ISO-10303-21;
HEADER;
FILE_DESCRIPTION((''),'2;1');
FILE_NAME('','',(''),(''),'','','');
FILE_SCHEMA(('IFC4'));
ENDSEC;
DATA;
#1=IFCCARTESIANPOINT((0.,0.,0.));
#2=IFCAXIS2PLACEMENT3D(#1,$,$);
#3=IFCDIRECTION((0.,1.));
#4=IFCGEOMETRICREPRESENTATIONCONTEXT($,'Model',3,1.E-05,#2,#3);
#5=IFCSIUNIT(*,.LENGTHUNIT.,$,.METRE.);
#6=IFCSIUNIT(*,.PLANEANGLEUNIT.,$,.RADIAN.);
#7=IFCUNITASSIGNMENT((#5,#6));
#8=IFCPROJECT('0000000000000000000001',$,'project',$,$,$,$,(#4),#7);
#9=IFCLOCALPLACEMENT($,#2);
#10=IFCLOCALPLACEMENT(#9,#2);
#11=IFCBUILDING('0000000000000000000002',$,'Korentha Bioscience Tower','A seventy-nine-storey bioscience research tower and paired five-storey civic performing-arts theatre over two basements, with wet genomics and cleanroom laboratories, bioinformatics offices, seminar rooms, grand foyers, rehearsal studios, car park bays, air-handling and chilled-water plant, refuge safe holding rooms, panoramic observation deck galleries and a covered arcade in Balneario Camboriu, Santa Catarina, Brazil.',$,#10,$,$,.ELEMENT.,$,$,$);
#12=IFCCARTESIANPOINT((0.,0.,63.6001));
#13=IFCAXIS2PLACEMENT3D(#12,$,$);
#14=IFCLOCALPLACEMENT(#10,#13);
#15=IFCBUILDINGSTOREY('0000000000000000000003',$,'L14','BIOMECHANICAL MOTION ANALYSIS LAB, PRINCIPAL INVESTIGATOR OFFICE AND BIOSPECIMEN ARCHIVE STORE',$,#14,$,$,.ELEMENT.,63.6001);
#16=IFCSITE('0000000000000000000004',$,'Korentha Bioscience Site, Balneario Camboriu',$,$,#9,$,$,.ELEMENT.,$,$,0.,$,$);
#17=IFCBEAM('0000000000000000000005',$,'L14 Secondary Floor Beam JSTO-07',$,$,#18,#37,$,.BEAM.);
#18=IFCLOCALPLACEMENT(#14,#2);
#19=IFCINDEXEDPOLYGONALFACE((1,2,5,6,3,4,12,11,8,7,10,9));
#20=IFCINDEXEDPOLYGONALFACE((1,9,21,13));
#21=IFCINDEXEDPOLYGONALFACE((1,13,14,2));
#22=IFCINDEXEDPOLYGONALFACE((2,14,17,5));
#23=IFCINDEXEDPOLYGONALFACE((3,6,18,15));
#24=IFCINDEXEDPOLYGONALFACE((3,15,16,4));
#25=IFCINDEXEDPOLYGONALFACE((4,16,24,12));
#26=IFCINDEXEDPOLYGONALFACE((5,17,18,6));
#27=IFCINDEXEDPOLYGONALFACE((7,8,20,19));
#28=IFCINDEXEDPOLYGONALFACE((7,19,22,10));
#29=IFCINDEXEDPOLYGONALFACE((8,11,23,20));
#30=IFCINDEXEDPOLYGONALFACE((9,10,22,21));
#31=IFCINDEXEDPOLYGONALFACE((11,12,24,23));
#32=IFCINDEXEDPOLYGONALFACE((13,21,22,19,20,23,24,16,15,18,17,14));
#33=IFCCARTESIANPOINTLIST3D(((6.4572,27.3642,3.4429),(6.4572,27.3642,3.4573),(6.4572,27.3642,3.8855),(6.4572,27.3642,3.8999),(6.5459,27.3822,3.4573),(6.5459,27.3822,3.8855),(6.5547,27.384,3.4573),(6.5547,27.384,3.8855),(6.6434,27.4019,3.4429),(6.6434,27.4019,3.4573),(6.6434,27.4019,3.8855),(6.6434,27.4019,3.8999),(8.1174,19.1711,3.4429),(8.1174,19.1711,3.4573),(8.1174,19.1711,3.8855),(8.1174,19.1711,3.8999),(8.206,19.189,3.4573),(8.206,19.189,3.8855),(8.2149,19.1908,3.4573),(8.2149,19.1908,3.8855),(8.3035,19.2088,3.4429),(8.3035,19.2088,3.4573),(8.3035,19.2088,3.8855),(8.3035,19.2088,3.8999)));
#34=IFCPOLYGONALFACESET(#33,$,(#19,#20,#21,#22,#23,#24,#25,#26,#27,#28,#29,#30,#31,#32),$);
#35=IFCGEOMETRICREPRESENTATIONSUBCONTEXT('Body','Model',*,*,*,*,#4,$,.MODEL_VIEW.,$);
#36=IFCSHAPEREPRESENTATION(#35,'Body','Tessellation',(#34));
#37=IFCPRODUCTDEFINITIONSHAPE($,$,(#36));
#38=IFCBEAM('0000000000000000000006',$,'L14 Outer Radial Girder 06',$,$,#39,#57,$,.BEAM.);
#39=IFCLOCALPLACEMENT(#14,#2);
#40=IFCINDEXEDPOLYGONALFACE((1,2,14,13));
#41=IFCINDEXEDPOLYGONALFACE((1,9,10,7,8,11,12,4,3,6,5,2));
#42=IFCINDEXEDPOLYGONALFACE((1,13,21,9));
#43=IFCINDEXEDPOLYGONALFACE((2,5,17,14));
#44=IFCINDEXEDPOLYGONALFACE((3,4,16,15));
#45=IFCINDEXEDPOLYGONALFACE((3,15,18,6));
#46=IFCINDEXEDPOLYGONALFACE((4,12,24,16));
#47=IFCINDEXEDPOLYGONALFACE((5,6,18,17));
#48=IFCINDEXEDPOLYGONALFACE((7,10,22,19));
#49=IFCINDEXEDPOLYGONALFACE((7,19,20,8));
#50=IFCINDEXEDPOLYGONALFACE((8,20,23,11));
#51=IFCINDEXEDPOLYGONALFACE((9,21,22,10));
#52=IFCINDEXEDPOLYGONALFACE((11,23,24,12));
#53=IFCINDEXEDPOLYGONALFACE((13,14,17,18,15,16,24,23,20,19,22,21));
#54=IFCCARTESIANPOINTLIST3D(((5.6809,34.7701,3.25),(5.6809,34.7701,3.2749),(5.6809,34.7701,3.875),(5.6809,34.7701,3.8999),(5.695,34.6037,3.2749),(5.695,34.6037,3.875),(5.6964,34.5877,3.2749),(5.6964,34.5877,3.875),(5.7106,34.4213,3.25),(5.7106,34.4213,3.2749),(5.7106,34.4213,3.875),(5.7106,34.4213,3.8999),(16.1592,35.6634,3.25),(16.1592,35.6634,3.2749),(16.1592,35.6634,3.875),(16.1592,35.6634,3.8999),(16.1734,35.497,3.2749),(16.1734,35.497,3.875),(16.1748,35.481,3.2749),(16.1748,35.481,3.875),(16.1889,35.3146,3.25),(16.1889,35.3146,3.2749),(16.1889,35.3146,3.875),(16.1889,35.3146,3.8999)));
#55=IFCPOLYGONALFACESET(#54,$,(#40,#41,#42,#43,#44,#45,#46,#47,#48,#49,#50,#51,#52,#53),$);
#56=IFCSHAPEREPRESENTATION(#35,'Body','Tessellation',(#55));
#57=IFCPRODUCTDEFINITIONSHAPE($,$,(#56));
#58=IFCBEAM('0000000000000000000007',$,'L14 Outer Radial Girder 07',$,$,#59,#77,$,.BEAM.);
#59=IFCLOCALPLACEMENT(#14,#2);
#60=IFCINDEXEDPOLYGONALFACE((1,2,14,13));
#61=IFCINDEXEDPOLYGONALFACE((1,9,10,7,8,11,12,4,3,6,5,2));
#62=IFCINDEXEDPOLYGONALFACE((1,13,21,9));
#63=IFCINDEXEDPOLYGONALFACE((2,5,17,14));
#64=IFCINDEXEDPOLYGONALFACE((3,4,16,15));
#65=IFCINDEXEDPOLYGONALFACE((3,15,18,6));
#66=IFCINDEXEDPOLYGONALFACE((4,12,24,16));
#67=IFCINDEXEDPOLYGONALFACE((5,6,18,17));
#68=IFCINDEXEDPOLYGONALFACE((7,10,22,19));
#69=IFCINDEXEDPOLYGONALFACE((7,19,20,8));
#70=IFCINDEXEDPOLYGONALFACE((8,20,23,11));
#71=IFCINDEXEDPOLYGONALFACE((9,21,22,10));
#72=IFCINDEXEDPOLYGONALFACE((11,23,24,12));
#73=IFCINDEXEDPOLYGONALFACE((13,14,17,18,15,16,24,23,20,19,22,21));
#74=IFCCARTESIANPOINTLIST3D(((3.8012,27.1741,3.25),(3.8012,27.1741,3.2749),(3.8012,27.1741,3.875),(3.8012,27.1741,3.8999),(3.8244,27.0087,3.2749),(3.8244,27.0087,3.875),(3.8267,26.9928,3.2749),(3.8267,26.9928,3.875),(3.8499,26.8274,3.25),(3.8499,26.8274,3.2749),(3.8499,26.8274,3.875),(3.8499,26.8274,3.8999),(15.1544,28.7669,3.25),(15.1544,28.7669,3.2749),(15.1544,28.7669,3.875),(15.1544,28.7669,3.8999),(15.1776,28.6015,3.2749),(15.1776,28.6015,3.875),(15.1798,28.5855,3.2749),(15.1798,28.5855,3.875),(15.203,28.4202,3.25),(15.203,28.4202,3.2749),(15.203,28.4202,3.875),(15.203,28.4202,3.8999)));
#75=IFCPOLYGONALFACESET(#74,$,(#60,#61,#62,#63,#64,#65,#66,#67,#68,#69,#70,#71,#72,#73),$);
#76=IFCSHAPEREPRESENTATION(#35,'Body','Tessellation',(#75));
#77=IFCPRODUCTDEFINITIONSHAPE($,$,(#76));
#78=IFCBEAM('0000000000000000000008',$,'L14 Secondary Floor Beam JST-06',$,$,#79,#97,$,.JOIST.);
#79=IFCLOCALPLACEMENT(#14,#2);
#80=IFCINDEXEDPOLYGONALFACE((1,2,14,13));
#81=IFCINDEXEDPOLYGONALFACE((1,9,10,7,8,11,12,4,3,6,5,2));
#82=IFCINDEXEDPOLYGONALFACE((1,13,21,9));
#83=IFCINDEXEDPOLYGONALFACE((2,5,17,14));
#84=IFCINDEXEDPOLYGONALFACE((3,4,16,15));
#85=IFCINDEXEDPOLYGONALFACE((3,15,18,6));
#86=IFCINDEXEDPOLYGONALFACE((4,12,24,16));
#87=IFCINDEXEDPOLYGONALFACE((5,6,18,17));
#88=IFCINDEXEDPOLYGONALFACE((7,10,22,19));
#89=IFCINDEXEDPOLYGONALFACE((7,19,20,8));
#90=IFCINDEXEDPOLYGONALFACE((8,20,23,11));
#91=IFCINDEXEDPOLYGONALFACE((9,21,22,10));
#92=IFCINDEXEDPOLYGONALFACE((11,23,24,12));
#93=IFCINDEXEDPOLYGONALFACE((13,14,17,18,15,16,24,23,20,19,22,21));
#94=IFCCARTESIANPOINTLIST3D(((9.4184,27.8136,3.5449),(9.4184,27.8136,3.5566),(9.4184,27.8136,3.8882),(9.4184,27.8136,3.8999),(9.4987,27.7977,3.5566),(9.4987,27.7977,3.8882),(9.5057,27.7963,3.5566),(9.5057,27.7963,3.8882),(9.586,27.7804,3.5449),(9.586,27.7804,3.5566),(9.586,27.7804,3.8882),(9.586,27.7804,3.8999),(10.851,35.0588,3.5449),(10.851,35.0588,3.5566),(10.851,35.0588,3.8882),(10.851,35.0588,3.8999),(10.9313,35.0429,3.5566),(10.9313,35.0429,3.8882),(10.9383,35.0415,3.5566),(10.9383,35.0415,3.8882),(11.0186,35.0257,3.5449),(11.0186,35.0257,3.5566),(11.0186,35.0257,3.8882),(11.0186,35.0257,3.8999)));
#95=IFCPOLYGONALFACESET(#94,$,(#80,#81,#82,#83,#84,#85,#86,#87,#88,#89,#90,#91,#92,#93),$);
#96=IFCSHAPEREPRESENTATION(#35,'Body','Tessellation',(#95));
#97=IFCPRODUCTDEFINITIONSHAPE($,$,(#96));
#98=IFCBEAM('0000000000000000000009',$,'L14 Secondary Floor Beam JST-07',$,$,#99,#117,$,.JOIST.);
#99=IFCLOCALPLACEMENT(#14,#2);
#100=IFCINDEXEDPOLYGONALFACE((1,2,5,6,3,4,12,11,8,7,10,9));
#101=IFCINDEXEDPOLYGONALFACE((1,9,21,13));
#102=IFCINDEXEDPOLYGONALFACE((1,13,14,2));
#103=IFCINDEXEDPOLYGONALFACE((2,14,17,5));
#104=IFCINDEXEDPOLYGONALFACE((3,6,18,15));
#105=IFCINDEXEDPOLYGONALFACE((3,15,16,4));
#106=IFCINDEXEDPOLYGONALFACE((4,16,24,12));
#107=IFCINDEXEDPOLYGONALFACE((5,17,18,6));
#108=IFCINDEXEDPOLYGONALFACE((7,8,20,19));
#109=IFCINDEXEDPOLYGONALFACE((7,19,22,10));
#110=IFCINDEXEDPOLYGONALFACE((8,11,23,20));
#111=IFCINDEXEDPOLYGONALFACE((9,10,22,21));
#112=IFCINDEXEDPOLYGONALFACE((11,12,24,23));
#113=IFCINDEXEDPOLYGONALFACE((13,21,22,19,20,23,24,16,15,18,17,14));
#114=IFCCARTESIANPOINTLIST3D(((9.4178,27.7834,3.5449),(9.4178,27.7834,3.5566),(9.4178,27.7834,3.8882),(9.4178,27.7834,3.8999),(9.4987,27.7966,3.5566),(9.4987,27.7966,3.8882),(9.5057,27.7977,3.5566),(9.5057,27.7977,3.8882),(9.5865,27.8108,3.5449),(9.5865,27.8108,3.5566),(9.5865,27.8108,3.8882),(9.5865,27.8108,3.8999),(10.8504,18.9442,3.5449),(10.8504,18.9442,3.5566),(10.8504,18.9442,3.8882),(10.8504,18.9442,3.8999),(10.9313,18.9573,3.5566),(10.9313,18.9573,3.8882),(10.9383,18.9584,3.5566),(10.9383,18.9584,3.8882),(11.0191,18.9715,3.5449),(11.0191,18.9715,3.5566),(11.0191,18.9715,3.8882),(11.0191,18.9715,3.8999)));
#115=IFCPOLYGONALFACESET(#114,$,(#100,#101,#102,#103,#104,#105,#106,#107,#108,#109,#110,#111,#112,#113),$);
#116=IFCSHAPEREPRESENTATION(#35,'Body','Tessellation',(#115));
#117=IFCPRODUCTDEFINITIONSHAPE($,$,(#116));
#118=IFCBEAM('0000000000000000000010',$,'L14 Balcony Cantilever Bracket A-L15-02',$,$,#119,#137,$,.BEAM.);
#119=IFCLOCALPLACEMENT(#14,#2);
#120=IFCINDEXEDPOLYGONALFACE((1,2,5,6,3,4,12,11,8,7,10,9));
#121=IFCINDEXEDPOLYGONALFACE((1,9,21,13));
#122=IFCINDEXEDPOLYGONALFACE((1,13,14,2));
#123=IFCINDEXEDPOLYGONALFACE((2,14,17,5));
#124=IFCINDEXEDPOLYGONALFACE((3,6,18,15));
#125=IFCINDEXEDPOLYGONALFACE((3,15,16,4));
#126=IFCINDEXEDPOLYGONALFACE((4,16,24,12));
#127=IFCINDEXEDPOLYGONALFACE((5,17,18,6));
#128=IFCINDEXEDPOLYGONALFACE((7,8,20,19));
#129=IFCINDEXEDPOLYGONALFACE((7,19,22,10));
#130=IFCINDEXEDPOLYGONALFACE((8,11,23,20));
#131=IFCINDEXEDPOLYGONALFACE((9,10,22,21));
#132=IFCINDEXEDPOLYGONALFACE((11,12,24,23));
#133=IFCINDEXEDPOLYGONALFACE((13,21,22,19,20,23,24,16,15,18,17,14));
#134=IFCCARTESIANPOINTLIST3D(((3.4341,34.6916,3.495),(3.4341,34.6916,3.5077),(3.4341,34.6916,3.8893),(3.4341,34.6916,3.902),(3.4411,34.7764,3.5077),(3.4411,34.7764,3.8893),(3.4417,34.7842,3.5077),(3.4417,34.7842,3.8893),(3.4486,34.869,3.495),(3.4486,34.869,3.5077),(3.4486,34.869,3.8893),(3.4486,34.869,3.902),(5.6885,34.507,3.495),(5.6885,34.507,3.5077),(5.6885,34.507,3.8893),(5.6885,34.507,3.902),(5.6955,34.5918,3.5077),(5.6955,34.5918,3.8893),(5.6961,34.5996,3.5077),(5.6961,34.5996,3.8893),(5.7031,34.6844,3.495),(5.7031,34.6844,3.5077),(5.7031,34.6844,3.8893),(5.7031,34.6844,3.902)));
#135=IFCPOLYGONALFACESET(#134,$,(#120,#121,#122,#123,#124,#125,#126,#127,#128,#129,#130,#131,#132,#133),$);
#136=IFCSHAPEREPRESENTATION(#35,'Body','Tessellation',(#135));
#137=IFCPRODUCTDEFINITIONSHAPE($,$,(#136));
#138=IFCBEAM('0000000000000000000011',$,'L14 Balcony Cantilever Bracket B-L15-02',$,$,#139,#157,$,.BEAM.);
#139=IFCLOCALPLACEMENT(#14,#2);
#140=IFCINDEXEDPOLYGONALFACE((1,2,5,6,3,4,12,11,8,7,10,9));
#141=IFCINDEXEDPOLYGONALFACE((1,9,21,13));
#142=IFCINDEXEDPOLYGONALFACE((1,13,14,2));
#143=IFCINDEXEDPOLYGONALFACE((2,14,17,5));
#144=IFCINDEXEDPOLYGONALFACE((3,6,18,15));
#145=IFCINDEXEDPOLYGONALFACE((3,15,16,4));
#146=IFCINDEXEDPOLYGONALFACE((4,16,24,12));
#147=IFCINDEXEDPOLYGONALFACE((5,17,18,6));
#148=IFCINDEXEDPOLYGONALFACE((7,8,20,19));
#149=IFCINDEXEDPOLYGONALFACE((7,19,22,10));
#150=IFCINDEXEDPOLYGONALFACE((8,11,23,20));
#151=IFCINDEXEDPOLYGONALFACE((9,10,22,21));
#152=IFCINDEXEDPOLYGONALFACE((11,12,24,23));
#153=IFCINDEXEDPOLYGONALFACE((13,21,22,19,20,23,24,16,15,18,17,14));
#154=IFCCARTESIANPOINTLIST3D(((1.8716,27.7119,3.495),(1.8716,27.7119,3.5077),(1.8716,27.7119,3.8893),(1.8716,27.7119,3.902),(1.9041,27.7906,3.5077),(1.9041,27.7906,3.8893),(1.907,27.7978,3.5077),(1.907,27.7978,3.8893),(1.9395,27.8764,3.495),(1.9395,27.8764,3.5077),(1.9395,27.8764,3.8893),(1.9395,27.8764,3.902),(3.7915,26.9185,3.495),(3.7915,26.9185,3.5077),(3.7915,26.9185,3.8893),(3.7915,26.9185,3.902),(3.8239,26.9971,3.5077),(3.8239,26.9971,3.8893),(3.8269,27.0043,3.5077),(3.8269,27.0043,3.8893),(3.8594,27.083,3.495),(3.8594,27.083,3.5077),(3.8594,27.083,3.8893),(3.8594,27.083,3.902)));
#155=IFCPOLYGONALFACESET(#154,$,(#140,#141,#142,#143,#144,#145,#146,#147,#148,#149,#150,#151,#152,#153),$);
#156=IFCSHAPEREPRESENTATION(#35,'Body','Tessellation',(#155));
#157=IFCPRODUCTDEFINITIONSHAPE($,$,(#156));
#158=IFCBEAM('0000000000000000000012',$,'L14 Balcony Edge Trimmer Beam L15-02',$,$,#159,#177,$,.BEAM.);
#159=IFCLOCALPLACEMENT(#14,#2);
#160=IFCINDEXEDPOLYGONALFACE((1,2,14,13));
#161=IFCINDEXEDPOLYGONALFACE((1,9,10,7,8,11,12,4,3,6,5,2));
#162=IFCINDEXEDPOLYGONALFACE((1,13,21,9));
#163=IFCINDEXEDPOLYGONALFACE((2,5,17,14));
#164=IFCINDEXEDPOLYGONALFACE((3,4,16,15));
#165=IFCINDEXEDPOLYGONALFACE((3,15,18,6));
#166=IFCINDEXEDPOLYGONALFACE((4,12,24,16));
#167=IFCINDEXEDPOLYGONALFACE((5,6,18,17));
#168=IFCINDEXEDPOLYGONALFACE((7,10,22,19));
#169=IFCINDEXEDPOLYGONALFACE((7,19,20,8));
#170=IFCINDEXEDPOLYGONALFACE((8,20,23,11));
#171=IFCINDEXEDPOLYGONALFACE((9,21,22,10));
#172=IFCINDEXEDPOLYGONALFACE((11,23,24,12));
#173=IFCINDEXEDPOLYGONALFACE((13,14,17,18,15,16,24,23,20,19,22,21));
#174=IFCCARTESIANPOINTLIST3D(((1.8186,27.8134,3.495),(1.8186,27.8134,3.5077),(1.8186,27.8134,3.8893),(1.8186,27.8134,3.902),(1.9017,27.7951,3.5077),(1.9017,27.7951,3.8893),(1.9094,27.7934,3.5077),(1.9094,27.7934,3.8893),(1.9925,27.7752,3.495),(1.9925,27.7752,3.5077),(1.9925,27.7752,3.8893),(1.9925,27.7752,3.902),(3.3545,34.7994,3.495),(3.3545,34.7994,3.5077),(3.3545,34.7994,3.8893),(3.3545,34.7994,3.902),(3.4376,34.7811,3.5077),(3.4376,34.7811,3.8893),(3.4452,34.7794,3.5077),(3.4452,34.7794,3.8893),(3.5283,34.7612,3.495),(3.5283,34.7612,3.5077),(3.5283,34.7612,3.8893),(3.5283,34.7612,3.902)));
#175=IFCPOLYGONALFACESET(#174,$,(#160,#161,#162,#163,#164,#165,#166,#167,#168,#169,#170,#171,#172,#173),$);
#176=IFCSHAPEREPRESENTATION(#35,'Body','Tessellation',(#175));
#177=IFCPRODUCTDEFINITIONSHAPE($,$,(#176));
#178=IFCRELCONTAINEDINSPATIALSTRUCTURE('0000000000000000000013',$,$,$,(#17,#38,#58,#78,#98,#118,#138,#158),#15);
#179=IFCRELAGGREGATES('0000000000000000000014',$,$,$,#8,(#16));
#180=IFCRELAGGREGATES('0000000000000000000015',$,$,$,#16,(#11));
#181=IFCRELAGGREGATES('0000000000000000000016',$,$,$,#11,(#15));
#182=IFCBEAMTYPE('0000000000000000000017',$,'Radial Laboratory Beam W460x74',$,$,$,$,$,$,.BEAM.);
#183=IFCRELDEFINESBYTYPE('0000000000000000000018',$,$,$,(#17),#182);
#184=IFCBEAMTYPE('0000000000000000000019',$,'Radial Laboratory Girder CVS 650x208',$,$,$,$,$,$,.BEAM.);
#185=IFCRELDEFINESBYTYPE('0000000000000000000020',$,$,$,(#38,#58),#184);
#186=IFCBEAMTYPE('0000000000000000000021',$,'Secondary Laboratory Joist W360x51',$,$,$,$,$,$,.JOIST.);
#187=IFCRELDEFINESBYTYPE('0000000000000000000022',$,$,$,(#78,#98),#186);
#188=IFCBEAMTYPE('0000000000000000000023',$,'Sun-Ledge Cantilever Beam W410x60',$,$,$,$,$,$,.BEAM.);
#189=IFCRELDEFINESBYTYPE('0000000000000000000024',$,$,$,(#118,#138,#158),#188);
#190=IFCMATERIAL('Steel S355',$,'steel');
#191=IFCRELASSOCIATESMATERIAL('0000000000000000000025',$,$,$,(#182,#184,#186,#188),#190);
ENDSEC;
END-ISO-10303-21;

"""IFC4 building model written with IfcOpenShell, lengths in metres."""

from ifc_helpers import new_model, si_unit, direction, frame, origin, origin_2d, place, context, subcontext, project, spatial, i_section, extrude, material, material_profile, profile_set, type_object, element, save


model = new_model("IFC4")

# Units and contexts
model_context = context("Model", 3, precision=1e-05, world=origin(), true_north=direction((0.0, 1.0)))
body_context = subcontext(model_context, "Body", "Model", "MODEL_VIEW")
ifc_project = project(units=[si_unit("LENGTHUNIT", "METRE"), si_unit("PLANEANGLEUNIT", "RADIAN")], contexts=[model_context])

# Site, building, storey
site_placement = place(None, origin())
site = spatial("IfcSite", under=ifc_project, at=site_placement, Name="Korentha Bioscience Site, Balneario Camboriu", CompositionType="ELEMENT", RefElevation=0.0)
building_placement = place(site_placement, origin())
building = spatial("IfcBuilding", under=site, at=building_placement, Name="Korentha Bioscience Tower", Description="A seventy-nine-storey bioscience research tower and paired five-storey civic performing-arts theatre over two basements, with wet genomics and cleanroom laboratories, bioinformatics offices, seminar rooms, grand foyers, rehearsal studios, car park bays, air-handling and chilled-water plant, refuge safe holding rooms, panoramic observation deck galleries and a covered arcade in Balneario Camboriu, Santa Catarina, Brazil.", CompositionType="ELEMENT")
storey_placement = place(building_placement, frame((0.0, 0.0, 63.6001)))
storey = spatial("IfcBuildingStorey", under=building, at=storey_placement, Name="L14", Description="BIOMECHANICAL MOTION ANALYSIS LAB, PRINCIPAL INVESTIGATOR OFFICE AND BIOSPECIMEN ARCHIVE STORE", CompositionType="ELEMENT", Elevation=63.6001)

# Shared definitions
ifc_material_1 = material(Name="Steel S355", Category="steel")

# Beams
ifc_material_profile_1 = material_profile(ifc_material_1, i_section(OverallWidth=0.1899, OverallDepth=0.457, WebThickness=0.009, FlangeThickness=0.0144, at=origin_2d()), Name="Steel S355")
ifc_profile_set_1 = profile_set([ifc_material_profile_1], Name="Steel S355 (RB-460)")
beam_type_1 = type_object("IfcBeamType", Name="Radial Laboratory Beam W460x74", PredefinedType="BEAM", material=ifc_profile_set_1)
beam_1_placement = place(storey_placement, frame((6.5503, 27.3831, 3.6714), z_axis=(0.198592, -0.980082, 0.0), x_axis=(0.980082, 0.198592, 0.0)))
element("IfcBeam", 1, at=beam_1_placement, inside=storey, type_object=beam_type_1, Name="L14 Secondary Floor Beam JSTO-07", PredefinedType="BEAM", context=body_context, shape_type="SweptSolid", body=[
    extrude(i_section(OverallWidth=0.1899, OverallDepth=0.457, WebThickness=0.009, FlangeThickness=0.0144, at=origin_2d()), origin(), (0.0, 0.0, 1.0), 8.3596),
])
ifc_material_profile_2 = material_profile(ifc_material_1, i_section(OverallWidth=0.3501, OverallDepth=0.6499, WebThickness=0.0161, FlangeThickness=0.0249, at=origin_2d()), Name="Steel S355")
ifc_profile_set_2 = profile_set([ifc_material_profile_2], Name="Steel S355 (RB-650)")
beam_type_2 = type_object("IfcBeamType", Name="Radial Laboratory Girder CVS 650x208", PredefinedType="BEAM", material=ifc_profile_set_2)
beam_2_placement = place(storey_placement, frame((16.1741, 35.489, 3.575), z_axis=(-0.996386, -0.084945, 0.0), x_axis=(0.084945, -0.996386, 0.0)))
element("IfcBeam", 2, at=beam_2_placement, inside=storey, type_object=beam_type_2, Name="L14 Outer Radial Girder 06", PredefinedType="BEAM", context=body_context, shape_type="SweptSolid", body=[
    extrude(i_section(OverallWidth=0.3501, OverallDepth=0.6499, WebThickness=0.0161, FlangeThickness=0.0249, at=origin_2d()), origin(), (0.0, 0.0, 1.0), 10.5164),
])
beam_3_placement = place(storey_placement, frame((15.1787, 28.5935, 3.575), z_axis=(-0.990302, -0.138931, 0.0), x_axis=(0.138931, -0.990302, 0.0)))
element("IfcBeam", 3, at=beam_3_placement, inside=storey, type_object=beam_type_2, Name="L14 Outer Radial Girder 07", PredefinedType="BEAM", context=body_context, shape_type="SweptSolid", body=[
    extrude(i_section(OverallWidth=0.3501, OverallDepth=0.6499, WebThickness=0.0161, FlangeThickness=0.0249, at=origin_2d()), origin(), (0.0, 0.0, 1.0), 11.4644),
])
ifc_material_profile_3 = material_profile(ifc_material_1, i_section(OverallWidth=0.1709, OverallDepth=0.355, WebThickness=0.0071, FlangeThickness=0.0117, at=origin_2d()), Name="Steel S355")
ifc_profile_set_3 = profile_set([ifc_material_profile_3], Name="Steel S355 (JB-360)")
beam_type_3 = type_object("IfcBeamType", Name="Secondary Laboratory Joist W360x51", PredefinedType="JOIST", material=ifc_profile_set_3)
beam_4_placement = place(storey_placement, frame((10.9348, 35.0422, 3.7224), z_axis=(-0.19398, -0.981006, 0.0), x_axis=(0.981006, -0.19398, 0.0)))
element("IfcBeam", 4, at=beam_4_placement, inside=storey, type_object=beam_type_3, Name="L14 Secondary Floor Beam JST-06", PredefinedType="JOIST", context=body_context, shape_type="SweptSolid", body=[
    extrude(i_section(OverallWidth=0.1709, OverallDepth=0.355, WebThickness=0.0071, FlangeThickness=0.0117, at=origin_2d()), origin(), (0.0, 0.0, 1.0), 7.3855),
])
beam_5_placement = place(storey_placement, frame((9.5022, 27.7971, 3.7224), z_axis=(0.159985, -0.987119, 0.0), x_axis=(0.987119, 0.159985, 0.0)))
element("IfcBeam", 5, at=beam_5_placement, inside=storey, type_object=beam_type_3, Name="L14 Secondary Floor Beam JST-07", PredefinedType="JOIST", context=body_context, shape_type="SweptSolid", body=[
    extrude(i_section(OverallWidth=0.1709, OverallDepth=0.355, WebThickness=0.0071, FlangeThickness=0.0117, at=origin_2d()), origin(), (0.0, 0.0, 1.0), 8.9546),
])
ifc_material_profile_4 = material_profile(ifc_material_1, i_section(OverallWidth=0.178, OverallDepth=0.407, WebThickness=0.0078, FlangeThickness=0.0127, at=origin_2d()), Name="Steel S355")
ifc_profile_set_4 = profile_set([ifc_material_profile_4], Name="Steel S355 (CB-410)")
beam_type_4 = type_object("IfcBeamType", Name="Sun-Ledge Cantilever Beam W410x60", PredefinedType="BEAM", material=ifc_profile_set_4)
beam_6_placement = place(storey_placement, frame((5.6958, 34.5957, 3.6985), z_axis=(-0.996665, 0.081598, 0.0), x_axis=(-0.081598, -0.996665, 0.0)))
element("IfcBeam", 6, at=beam_6_placement, inside=storey, type_object=beam_type_4, Name="L14 Balcony Cantilever Bracket A-L15-02", PredefinedType="BEAM", context=body_context, shape_type="SweptSolid", body=[
    extrude(i_section(OverallWidth=0.178, OverallDepth=0.407, WebThickness=0.0078, FlangeThickness=0.0127, at=origin_2d()), origin(), (0.0, 0.0, 1.0), 2.262),
])
beam_7_placement = place(storey_placement, frame((3.8254, 27.0007, 3.6985), z_axis=(-0.924186, 0.381943, 0.0), x_axis=(-0.381943, -0.924186, 0.0)))
element("IfcBeam", 7, at=beam_7_placement, inside=storey, type_object=beam_type_4, Name="L14 Balcony Cantilever Bracket B-L15-02", PredefinedType="BEAM", context=body_context, shape_type="SweptSolid", body=[
    extrude(i_section(OverallWidth=0.178, OverallDepth=0.407, WebThickness=0.0078, FlangeThickness=0.0127, at=origin_2d()), origin(), (0.0, 0.0, 1.0), 2.0774),
])
beam_8_placement = place(storey_placement, frame((3.4414, 34.7803, 3.6985), z_axis=(-0.214722, -0.976675, 0.0), x_axis=(0.976675, -0.214722, 0.0)))
element("IfcBeam", 8, at=beam_8_placement, inside=storey, type_object=beam_type_4, Name="L14 Balcony Edge Trimmer Beam L15-02", PredefinedType="BEAM", context=body_context, shape_type="SweptSolid", body=[
    extrude(i_section(OverallWidth=0.178, OverallDepth=0.407, WebThickness=0.0078, FlangeThickness=0.0127, at=origin_2d()), origin(), (0.0, 0.0, 1.0), 7.1528),
])

save(model, "model.ifc")
